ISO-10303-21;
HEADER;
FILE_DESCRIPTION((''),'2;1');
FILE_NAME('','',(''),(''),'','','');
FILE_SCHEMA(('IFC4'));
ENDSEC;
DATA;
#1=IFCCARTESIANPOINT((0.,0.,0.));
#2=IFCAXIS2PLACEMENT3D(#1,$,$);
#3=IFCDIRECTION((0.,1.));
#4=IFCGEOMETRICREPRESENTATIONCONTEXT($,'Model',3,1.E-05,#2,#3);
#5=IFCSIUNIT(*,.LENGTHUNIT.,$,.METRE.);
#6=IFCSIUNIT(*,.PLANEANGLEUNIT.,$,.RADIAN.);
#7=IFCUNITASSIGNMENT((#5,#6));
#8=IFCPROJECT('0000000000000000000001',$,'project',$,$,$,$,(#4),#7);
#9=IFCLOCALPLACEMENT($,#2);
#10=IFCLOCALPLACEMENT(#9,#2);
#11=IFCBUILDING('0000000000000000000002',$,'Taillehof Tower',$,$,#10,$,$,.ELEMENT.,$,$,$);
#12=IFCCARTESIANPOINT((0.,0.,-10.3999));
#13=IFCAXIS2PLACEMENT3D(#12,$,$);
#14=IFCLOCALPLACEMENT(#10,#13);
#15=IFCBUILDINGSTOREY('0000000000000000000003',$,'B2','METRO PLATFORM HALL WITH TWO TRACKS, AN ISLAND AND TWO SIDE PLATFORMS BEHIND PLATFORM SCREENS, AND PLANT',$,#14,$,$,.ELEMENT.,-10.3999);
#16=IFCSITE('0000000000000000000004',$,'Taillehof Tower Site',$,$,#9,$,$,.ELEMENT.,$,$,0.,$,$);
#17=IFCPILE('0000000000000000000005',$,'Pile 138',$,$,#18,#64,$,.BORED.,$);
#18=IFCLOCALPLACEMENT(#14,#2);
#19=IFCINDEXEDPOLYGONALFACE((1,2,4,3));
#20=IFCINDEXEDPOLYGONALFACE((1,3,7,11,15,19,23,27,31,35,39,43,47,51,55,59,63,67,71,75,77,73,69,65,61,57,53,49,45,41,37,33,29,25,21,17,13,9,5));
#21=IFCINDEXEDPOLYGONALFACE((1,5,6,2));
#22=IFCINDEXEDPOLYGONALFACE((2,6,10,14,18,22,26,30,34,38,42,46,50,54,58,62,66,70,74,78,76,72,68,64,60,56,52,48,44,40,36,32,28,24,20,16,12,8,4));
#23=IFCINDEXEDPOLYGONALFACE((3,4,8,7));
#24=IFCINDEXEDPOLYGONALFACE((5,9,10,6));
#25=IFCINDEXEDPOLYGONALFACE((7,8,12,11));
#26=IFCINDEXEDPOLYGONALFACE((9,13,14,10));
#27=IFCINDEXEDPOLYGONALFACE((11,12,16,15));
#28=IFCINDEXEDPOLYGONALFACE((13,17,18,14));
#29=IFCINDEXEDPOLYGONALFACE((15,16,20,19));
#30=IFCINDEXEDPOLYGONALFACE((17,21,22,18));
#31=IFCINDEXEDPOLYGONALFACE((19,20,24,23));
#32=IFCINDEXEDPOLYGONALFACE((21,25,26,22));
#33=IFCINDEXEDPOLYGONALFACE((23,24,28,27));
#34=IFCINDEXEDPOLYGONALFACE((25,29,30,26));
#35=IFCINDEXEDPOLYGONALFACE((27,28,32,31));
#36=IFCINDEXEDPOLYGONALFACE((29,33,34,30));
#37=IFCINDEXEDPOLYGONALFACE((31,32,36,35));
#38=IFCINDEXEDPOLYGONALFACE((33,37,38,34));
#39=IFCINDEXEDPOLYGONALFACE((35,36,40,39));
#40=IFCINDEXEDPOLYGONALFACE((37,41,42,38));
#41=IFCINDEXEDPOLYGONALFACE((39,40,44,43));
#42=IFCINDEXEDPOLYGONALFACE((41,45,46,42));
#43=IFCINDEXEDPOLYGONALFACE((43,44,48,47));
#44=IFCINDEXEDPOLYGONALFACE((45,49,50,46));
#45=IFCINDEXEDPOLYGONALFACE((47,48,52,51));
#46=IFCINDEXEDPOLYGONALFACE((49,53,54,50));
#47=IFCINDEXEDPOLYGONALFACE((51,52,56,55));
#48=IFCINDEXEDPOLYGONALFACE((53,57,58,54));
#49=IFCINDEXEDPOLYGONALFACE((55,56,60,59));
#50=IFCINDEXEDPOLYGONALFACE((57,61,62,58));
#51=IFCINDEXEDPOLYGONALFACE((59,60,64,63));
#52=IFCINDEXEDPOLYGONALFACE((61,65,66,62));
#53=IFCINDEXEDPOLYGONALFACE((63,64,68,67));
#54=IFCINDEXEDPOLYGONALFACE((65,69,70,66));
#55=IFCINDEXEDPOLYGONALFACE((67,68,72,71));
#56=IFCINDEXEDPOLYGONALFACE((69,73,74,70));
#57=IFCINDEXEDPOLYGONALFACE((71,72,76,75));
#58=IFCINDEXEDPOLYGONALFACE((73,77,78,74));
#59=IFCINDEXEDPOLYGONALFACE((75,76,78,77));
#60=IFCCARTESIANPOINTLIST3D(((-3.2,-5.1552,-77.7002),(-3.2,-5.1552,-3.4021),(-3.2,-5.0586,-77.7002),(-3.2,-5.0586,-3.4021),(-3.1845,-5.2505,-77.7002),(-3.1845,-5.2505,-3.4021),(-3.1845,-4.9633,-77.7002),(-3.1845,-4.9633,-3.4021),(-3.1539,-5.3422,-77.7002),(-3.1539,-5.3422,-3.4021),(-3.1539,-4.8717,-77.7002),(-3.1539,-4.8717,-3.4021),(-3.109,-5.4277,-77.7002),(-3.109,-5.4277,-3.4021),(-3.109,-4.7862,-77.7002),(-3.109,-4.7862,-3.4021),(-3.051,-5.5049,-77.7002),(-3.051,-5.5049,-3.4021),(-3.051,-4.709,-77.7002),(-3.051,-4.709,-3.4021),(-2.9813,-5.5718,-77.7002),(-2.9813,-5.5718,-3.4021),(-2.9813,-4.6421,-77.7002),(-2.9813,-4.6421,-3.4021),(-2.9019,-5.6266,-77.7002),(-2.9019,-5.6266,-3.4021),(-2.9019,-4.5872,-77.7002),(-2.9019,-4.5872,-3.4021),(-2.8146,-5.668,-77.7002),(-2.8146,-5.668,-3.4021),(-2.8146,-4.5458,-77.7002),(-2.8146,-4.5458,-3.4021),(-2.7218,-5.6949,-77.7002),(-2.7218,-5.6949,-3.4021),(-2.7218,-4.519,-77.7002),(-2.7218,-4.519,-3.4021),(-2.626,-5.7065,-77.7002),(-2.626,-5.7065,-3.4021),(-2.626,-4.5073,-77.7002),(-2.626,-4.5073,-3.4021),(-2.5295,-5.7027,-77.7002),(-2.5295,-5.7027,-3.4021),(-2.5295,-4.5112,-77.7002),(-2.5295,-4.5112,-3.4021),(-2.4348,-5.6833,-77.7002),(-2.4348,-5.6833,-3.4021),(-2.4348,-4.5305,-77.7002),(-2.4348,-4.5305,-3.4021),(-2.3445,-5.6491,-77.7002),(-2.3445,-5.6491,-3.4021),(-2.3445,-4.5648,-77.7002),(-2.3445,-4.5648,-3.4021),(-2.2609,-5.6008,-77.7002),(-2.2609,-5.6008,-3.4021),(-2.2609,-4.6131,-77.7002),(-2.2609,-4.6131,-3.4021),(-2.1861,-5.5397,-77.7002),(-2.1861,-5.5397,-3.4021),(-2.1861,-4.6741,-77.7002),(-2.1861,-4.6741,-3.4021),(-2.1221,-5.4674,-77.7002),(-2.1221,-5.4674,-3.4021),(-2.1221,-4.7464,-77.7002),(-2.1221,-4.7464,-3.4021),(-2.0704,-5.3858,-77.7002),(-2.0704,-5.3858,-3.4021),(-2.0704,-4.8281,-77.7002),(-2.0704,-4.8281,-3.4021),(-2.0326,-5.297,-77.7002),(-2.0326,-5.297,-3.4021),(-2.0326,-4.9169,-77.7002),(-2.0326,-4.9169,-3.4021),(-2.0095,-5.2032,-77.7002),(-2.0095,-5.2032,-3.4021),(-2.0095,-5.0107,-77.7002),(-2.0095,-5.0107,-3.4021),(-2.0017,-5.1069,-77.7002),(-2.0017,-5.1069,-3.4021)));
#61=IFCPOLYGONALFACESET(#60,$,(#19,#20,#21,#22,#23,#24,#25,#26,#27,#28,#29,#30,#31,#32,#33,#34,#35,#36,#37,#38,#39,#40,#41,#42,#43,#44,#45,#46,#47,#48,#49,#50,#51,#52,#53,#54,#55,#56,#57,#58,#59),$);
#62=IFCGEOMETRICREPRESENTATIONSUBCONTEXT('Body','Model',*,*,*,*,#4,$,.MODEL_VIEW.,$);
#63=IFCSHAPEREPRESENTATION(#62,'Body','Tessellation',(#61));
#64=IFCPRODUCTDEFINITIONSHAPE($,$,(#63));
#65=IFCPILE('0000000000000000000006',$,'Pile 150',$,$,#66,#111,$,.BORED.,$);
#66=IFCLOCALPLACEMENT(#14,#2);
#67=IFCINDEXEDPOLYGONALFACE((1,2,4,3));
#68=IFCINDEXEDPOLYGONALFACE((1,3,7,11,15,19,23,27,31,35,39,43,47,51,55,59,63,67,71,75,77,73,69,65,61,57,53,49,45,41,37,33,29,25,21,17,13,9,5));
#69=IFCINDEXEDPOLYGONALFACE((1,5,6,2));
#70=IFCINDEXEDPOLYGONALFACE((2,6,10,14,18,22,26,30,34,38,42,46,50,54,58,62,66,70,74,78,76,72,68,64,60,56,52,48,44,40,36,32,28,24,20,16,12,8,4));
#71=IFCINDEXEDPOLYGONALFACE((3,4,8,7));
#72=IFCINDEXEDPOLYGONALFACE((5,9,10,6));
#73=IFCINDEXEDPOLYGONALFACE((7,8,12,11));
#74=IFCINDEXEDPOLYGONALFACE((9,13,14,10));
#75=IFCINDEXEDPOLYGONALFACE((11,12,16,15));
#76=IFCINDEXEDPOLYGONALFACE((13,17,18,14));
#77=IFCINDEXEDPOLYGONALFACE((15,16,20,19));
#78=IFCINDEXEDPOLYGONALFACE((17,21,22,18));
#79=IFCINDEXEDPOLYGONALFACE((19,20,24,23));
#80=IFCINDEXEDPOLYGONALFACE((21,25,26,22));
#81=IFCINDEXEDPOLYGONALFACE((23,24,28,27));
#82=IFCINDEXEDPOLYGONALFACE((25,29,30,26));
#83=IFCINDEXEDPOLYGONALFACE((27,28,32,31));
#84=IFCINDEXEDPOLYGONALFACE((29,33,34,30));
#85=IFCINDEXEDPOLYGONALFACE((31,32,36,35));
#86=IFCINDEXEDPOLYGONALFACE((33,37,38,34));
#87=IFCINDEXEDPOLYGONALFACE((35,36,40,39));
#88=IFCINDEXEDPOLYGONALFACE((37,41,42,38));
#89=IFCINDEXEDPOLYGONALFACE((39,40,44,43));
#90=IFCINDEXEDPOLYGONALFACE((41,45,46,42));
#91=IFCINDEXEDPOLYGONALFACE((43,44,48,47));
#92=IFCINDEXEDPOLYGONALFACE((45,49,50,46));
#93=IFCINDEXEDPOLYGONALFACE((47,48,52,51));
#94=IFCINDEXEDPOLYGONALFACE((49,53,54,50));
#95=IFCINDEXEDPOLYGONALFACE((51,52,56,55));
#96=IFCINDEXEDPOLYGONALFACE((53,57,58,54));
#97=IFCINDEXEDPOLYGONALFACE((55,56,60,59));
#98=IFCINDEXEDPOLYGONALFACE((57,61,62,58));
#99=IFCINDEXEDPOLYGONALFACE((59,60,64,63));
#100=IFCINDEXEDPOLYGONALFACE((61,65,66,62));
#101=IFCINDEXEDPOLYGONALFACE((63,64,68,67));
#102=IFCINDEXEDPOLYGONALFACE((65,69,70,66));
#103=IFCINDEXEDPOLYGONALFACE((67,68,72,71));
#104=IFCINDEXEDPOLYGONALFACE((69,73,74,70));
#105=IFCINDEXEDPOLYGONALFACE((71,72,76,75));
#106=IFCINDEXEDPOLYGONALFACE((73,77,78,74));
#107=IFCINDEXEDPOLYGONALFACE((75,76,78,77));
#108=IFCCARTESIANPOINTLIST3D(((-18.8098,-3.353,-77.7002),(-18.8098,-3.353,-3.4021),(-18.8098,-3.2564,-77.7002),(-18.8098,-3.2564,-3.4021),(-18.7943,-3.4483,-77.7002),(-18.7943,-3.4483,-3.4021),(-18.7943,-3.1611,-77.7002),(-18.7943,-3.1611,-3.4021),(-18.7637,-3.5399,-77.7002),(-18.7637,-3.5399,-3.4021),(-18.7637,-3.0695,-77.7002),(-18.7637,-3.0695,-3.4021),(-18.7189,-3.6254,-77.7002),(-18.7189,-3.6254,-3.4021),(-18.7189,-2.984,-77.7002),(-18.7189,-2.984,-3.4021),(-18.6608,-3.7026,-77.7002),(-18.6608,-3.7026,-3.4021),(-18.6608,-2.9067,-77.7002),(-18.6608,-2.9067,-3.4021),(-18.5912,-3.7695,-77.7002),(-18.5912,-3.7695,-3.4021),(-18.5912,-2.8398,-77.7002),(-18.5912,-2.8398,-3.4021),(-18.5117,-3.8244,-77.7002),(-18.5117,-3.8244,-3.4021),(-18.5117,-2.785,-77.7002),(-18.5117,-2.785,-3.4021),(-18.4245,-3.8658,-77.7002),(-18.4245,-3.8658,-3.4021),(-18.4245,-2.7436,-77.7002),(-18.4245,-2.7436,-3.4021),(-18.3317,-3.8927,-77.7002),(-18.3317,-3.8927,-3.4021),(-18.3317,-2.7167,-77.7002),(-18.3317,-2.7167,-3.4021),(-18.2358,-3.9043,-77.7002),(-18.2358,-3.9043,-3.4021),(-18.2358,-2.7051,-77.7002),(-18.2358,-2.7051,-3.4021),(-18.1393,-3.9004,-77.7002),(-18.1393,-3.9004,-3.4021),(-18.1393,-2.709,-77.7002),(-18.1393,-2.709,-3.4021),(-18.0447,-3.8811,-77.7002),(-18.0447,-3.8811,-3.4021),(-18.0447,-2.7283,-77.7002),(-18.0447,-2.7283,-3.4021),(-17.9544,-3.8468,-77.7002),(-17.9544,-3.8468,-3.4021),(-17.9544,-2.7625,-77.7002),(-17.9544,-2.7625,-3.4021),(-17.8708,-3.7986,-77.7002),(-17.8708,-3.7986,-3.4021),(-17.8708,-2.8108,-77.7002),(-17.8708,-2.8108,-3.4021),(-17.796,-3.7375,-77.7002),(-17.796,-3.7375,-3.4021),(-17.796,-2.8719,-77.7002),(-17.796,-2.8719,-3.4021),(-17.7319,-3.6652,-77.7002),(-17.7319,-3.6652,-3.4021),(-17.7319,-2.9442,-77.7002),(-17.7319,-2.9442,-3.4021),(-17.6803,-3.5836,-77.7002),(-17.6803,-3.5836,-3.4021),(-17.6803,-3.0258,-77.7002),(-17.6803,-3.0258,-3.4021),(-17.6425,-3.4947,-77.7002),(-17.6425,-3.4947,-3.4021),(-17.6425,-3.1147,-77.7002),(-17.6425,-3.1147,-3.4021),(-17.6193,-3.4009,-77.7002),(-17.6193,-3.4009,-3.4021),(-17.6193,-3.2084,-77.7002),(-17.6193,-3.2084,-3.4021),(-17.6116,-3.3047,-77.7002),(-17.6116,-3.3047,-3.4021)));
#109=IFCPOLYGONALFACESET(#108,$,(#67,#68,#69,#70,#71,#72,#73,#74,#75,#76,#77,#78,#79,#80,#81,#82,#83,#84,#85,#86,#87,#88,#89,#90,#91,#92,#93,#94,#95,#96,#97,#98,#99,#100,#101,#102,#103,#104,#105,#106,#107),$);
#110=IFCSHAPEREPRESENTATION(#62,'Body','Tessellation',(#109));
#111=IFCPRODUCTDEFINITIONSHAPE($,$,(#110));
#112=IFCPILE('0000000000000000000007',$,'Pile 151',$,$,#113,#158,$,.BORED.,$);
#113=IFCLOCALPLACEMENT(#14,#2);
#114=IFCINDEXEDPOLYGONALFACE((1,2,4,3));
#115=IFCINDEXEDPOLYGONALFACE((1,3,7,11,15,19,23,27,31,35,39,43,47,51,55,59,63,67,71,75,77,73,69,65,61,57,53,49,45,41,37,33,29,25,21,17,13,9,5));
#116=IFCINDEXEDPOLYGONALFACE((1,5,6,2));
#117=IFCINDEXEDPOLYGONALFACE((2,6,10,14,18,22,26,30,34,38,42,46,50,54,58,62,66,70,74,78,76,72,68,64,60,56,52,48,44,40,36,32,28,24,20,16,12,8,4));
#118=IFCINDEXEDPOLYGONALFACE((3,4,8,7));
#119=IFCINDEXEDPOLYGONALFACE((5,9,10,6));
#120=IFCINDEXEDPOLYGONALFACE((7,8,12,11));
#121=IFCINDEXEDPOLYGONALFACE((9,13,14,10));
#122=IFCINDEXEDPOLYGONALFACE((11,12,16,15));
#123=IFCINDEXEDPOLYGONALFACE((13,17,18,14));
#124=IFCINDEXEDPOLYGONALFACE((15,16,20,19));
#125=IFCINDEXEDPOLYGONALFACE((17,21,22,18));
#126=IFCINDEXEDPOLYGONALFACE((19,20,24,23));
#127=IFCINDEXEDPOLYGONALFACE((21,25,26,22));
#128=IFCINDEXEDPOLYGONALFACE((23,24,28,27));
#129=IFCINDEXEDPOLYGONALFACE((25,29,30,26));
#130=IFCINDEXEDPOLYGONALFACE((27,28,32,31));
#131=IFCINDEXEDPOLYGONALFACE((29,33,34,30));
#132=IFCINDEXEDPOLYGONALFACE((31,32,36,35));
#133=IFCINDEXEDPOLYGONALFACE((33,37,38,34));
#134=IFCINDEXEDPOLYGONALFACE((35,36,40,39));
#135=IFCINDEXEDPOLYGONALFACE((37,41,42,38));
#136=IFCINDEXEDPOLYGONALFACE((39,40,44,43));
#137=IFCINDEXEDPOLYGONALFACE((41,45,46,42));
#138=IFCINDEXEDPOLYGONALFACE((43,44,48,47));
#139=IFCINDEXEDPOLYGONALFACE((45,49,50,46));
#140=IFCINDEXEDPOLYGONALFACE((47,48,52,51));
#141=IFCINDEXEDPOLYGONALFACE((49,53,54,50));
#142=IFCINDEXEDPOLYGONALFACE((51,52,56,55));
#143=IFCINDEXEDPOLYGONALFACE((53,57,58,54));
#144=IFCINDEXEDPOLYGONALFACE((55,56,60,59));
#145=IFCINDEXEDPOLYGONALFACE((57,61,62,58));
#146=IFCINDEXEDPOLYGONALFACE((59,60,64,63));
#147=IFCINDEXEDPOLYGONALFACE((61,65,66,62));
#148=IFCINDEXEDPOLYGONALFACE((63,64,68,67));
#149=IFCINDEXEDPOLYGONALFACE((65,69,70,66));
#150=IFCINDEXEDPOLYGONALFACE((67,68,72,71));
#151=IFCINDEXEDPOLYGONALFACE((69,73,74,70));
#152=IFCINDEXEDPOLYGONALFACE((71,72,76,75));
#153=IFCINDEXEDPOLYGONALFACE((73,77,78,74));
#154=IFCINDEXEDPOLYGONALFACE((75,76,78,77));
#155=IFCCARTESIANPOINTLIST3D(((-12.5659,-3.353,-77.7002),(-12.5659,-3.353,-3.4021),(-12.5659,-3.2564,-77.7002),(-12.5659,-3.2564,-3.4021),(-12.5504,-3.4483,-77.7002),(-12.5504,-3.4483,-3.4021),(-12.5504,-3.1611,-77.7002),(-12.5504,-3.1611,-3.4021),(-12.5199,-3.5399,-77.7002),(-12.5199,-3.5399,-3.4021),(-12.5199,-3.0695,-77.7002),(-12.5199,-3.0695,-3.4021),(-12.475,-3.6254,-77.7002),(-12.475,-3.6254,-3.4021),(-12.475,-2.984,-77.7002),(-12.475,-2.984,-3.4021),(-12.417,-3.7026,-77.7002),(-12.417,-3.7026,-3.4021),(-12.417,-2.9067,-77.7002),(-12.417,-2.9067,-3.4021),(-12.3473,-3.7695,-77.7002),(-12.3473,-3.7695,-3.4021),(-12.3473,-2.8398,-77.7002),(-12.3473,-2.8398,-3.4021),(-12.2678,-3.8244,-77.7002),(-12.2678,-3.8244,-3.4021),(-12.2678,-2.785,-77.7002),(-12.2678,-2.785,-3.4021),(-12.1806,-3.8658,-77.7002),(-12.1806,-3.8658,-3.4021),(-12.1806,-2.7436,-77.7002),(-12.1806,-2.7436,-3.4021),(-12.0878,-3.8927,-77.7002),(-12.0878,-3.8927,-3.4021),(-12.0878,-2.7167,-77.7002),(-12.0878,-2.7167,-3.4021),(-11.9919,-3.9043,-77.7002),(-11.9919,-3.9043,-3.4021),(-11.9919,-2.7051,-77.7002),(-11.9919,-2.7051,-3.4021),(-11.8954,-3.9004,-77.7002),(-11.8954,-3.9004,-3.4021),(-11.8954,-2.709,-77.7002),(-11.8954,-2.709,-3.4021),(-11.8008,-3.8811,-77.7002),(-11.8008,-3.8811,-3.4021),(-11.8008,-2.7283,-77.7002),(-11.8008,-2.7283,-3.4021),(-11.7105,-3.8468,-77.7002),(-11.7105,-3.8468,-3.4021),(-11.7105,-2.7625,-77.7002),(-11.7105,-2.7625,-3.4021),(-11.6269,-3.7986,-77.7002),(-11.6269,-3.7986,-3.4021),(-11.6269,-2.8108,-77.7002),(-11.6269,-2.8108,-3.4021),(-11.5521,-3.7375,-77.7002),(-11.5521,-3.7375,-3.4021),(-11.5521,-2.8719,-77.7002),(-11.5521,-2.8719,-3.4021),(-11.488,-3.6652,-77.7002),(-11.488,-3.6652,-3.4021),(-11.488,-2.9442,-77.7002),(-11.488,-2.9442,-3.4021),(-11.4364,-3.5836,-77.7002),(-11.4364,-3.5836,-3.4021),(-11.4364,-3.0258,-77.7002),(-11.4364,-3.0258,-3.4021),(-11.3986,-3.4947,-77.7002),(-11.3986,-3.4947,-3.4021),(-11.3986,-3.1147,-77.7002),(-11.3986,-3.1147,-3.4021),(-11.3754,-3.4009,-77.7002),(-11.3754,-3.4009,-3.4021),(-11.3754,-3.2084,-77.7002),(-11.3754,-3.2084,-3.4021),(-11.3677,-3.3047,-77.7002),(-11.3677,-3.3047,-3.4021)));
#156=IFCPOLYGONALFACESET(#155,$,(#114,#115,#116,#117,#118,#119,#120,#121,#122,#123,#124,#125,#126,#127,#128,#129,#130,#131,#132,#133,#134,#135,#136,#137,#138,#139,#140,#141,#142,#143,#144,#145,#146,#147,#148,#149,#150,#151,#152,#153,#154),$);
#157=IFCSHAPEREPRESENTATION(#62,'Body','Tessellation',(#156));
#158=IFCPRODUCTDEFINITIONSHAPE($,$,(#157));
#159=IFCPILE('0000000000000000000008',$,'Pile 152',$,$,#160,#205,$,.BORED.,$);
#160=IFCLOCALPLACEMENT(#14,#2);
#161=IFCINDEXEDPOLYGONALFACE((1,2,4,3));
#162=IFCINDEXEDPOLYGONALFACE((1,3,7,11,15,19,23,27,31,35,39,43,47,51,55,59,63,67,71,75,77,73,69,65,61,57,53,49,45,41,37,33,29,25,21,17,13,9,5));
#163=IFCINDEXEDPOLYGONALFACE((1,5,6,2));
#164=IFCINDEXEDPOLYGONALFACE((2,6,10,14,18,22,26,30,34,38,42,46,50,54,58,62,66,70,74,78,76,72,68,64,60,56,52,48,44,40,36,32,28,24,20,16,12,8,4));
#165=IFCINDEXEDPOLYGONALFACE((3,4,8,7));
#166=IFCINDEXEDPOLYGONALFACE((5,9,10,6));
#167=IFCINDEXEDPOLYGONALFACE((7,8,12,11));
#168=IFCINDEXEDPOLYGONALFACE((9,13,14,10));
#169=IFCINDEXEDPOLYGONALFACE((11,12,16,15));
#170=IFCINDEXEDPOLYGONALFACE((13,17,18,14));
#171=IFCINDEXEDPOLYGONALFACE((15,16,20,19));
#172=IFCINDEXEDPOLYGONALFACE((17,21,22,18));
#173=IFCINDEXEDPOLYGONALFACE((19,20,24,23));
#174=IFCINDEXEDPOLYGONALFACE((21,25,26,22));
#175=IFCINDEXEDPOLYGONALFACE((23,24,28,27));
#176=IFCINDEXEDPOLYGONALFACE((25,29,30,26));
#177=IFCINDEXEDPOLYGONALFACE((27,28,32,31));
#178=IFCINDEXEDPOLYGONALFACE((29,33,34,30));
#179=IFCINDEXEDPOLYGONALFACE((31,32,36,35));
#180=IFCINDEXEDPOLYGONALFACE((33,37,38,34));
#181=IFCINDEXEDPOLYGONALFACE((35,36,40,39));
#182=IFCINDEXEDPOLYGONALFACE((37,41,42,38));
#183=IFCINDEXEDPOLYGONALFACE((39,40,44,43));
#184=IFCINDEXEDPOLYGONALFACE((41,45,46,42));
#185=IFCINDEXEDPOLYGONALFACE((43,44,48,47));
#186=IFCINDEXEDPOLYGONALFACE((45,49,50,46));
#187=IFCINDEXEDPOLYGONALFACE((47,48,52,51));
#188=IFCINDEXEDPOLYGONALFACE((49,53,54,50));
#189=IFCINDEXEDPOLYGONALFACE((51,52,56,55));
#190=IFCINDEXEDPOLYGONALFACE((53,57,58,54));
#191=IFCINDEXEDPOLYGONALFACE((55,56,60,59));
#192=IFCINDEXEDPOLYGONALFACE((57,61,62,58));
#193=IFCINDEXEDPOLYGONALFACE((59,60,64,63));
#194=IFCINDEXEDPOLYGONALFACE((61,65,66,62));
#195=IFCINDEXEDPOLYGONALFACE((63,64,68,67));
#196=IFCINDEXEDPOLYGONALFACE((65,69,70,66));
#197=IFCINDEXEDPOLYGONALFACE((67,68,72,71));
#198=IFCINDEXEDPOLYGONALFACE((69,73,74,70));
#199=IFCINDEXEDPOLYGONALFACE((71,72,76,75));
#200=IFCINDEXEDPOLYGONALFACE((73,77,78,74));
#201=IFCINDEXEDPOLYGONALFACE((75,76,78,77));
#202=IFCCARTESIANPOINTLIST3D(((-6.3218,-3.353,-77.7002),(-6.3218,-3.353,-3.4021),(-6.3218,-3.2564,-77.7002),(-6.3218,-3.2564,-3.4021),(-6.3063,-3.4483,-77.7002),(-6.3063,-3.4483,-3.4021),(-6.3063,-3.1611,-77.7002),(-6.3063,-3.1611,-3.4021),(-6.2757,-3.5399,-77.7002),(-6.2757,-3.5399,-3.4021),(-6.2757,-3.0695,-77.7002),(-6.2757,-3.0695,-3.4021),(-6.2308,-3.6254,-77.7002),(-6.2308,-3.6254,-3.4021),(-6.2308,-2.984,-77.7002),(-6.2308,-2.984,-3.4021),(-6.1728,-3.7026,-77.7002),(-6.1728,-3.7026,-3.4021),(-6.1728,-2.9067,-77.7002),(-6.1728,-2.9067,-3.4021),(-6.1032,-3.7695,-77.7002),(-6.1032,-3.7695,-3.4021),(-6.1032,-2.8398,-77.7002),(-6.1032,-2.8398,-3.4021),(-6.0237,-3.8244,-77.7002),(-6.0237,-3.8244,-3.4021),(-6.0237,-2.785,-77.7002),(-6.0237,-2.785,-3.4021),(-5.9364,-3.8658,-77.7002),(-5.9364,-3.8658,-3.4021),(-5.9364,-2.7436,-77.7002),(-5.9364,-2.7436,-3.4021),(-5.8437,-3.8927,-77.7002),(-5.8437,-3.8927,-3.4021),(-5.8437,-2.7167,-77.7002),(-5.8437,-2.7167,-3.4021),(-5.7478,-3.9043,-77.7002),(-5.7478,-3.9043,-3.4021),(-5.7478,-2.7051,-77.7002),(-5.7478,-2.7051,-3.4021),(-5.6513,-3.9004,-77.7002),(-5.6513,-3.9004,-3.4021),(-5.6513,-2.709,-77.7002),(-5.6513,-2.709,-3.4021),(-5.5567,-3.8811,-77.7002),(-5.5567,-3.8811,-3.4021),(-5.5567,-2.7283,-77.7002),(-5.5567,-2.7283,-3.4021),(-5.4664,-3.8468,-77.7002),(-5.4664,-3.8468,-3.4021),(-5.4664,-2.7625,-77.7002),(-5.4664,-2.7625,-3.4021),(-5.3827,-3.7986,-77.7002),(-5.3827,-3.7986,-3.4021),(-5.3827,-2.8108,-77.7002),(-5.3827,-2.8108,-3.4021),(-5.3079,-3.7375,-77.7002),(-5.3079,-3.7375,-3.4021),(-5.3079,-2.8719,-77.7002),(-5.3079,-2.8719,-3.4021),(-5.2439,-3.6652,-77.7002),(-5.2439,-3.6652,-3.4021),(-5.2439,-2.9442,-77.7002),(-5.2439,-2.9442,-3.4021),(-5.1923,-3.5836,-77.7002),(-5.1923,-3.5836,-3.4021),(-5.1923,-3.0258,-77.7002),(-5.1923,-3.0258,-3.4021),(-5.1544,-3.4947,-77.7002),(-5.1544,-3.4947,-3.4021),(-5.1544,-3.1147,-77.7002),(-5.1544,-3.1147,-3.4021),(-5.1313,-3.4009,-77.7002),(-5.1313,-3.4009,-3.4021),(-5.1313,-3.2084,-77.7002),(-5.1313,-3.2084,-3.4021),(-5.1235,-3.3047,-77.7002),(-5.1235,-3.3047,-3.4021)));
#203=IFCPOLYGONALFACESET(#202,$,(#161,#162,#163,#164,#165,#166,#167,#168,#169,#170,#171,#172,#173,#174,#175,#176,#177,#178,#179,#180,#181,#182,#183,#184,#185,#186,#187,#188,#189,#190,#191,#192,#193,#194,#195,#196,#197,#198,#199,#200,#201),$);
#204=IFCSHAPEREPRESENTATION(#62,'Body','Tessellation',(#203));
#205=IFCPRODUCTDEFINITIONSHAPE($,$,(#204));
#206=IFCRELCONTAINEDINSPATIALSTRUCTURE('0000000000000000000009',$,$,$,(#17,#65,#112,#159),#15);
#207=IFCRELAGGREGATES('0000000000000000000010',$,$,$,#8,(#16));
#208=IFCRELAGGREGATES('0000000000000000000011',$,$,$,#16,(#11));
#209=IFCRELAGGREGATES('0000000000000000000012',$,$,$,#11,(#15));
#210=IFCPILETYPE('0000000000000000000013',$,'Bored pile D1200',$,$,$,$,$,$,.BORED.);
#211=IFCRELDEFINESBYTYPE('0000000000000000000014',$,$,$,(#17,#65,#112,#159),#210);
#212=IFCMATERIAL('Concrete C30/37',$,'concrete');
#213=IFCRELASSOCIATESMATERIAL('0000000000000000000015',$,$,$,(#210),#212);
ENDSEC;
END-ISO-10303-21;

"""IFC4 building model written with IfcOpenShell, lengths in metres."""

from ifc_helpers import new_model, si_unit, direction, frame, origin, origin_2d, place, context, subcontext, project, spatial, circle, extrude, material, material_profile, profile_set, type_object, element, save


model = new_model("IFC4")

# Units and contexts
model_context = context("Model", 3, precision=1e-05, world=origin(), true_north=direction((0.0, 1.0)))
body_context = subcontext(model_context, "Body", "Model", "MODEL_VIEW")
ifc_project = project(units=[si_unit("LENGTHUNIT", "METRE"), si_unit("PLANEANGLEUNIT", "RADIAN")], contexts=[model_context])

# Site, building, storey
site_placement = place(None, origin())
site = spatial("IfcSite", under=ifc_project, at=site_placement, Name="Taillehof Tower Site", CompositionType="ELEMENT", RefElevation=0.0)
building_placement = place(site_placement, origin())
building = spatial("IfcBuilding", under=site, at=building_placement, Name="Taillehof Tower", CompositionType="ELEMENT")
storey_placement = place(building_placement, frame((0.0, 0.0, -10.3999)))
storey = spatial("IfcBuildingStorey", under=building, at=storey_placement, Name="B2", Description="METRO PLATFORM HALL WITH TWO TRACKS, AN ISLAND AND TWO SIDE PLATFORMS BEHIND PLATFORM SCREENS, AND PLANT", CompositionType="ELEMENT", Elevation=-10.3999)

# Piles
ifc_material_1 = material(Name="Concrete C30/37", Category="concrete")
ifc_material_profile_1 = material_profile(ifc_material_1, circle(Radius=0.6001, at=origin_2d()), Name="BP D1200")
ifc_profile_set_1 = profile_set([ifc_material_profile_1], Name="Concrete C30/37")
pile_type = type_object("IfcPileType", Name="Bored pile D1200", PredefinedType="BORED", material=ifc_profile_set_1)
for number, where, z_axis, x_axis, name in (
    (1, (-2.6018, -5.1069, -3.4021), (0.0, 0.0, -1.0), (1.0, 0.0, 0.0), "Pile 138"),
    (2, (-18.2117, -3.3047, -3.4021), (0.0, 0.0, -1.0), (1.0, 0.0, 0.0), "Pile 150"),
    (3, (-11.9678, -3.3047, -3.4021), (0.0, 0.0, -1.0), (1.0, 0.0, 0.0), "Pile 151"),
    (4, (-5.7236, -3.3047, -3.4021), (0.0, 0.0, -1.0), (1.0, 0.0, 0.0), "Pile 152"),
):
    element("IfcPile", number, at=place(storey_placement, frame(where, z_axis=z_axis, x_axis=x_axis)), inside=storey, type_object=pile_type, Name=name, PredefinedType="BORED", context=body_context, shape_type="SweptSolid", body=[
        extrude(circle(Radius=0.6001, at=origin_2d()), origin(), (0.0, 0.0, 1.0), 74.2981),
    ])

save(model, "model.ifc")
